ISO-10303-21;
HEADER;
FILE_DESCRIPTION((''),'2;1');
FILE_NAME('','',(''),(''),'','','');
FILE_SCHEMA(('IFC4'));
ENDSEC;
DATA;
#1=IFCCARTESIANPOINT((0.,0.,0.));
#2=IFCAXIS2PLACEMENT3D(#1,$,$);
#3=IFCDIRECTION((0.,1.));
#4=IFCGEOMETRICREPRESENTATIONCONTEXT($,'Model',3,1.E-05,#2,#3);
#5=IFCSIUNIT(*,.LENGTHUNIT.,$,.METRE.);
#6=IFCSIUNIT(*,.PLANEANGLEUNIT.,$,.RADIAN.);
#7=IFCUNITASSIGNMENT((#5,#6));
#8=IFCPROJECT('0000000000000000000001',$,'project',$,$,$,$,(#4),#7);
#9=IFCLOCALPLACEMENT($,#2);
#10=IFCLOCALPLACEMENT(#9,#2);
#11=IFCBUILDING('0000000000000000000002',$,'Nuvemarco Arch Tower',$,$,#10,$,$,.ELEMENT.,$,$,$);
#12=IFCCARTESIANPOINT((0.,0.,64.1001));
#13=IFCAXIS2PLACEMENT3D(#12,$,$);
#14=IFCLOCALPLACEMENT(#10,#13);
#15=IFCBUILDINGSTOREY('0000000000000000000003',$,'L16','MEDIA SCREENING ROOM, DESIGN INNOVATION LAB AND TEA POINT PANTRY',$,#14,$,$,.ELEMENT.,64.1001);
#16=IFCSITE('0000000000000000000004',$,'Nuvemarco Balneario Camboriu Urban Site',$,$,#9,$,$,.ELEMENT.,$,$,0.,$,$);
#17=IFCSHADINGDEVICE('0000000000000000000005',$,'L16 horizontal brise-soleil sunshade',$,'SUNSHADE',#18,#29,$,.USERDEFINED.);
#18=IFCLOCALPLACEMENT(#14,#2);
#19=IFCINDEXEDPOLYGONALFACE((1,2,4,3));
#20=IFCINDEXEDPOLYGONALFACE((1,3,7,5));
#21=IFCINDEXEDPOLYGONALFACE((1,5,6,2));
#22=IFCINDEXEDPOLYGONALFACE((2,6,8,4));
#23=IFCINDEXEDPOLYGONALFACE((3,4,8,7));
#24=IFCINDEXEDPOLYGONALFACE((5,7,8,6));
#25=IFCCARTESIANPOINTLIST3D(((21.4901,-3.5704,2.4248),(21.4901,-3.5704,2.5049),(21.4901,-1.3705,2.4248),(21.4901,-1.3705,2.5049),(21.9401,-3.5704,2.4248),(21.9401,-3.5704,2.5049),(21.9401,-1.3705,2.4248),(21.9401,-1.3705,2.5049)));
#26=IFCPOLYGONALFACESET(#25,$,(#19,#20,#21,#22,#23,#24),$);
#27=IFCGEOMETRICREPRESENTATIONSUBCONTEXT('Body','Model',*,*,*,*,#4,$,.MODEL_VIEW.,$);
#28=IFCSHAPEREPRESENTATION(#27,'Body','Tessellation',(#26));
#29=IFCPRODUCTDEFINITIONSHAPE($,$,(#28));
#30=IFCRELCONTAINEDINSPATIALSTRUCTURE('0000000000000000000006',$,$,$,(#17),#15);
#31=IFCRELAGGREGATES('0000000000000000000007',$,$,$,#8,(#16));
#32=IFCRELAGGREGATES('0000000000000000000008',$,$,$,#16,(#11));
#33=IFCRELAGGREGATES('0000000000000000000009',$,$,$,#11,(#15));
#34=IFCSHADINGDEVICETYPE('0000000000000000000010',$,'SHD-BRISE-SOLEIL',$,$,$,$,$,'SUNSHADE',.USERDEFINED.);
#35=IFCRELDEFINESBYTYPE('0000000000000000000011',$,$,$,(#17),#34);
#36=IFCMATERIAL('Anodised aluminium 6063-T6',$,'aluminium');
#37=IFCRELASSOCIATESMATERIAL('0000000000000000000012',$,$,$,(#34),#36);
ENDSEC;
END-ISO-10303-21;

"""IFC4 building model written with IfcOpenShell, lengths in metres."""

from ifc_helpers import new_model, si_unit, direction, frame, origin, origin_2d, place, context, subcontext, project, spatial, rectangle, extrude, source, transform, mapped, material, type_object, type_shapes, element, save


model = new_model("IFC4")

# Units and contexts
model_context = context("Model", 3, precision=1e-05, world=origin(), true_north=direction((0.0, 1.0)))
body_context = subcontext(model_context, "Body", "Model", "MODEL_VIEW")
ifc_project = project(units=[si_unit("LENGTHUNIT", "METRE"), si_unit("PLANEANGLEUNIT", "RADIAN")], contexts=[model_context])

# Site, building, storey
site_placement = place(None, origin())
site = spatial("IfcSite", under=ifc_project, at=site_placement, Name="Nuvemarco Balneario Camboriu Urban Site", CompositionType="ELEMENT", RefElevation=0.0)
building_placement = place(site_placement, origin())
building = spatial("IfcBuilding", under=site, at=building_placement, Name="Nuvemarco Arch Tower", CompositionType="ELEMENT")
storey_placement = place(building_placement, frame((0.0, 0.0, 64.1001)))
storey = spatial("IfcBuildingStorey", under=building, at=storey_placement, Name="L16", Description="MEDIA SCREENING ROOM, DESIGN INNOVATION LAB AND TEA POINT PANTRY", CompositionType="ELEMENT", Elevation=64.1001)

# Shading device
ifc_material_1 = material(Name="Anodised aluminium 6063-T6", Category="aluminium")
shading_device_type = type_object("IfcShadingDeviceType", Name="SHD-BRISE-SOLEIL", ElementType="SUNSHADE", PredefinedType="USERDEFINED", material=ifc_material_1)
shared_shape_1 = source(origin(), body_context, "Body", "SweptSolid", [
    extrude(rectangle(XDim=2.2, YDim=0.45, at=origin_2d()), origin(), (0.0, 0.0, 1.0), 0.0801),
])
type_shapes(shading_device_type, [shared_shape_1])
for number, where, z_axis, x_axis, name in (
    (1, (21.7151, -2.4705, 2.4248), (0.0, 0.0, 1.0), (0.0, 1.0, 0.0), "L16 horizontal brise-soleil sunshade"),
):
    element("IfcShadingDevice", number, at=place(storey_placement, frame(where, z_axis=z_axis, x_axis=x_axis)), inside=storey, type_object=shading_device_type, Name=name, ObjectType="SUNSHADE", PredefinedType="USERDEFINED", context=body_context, shape_type="MappedRepresentation", body=[
        mapped(shared_shape_1, transform((0.0, 0.0, 0.0), scale=1.0)),
    ])

save(model, "model.ifc")
